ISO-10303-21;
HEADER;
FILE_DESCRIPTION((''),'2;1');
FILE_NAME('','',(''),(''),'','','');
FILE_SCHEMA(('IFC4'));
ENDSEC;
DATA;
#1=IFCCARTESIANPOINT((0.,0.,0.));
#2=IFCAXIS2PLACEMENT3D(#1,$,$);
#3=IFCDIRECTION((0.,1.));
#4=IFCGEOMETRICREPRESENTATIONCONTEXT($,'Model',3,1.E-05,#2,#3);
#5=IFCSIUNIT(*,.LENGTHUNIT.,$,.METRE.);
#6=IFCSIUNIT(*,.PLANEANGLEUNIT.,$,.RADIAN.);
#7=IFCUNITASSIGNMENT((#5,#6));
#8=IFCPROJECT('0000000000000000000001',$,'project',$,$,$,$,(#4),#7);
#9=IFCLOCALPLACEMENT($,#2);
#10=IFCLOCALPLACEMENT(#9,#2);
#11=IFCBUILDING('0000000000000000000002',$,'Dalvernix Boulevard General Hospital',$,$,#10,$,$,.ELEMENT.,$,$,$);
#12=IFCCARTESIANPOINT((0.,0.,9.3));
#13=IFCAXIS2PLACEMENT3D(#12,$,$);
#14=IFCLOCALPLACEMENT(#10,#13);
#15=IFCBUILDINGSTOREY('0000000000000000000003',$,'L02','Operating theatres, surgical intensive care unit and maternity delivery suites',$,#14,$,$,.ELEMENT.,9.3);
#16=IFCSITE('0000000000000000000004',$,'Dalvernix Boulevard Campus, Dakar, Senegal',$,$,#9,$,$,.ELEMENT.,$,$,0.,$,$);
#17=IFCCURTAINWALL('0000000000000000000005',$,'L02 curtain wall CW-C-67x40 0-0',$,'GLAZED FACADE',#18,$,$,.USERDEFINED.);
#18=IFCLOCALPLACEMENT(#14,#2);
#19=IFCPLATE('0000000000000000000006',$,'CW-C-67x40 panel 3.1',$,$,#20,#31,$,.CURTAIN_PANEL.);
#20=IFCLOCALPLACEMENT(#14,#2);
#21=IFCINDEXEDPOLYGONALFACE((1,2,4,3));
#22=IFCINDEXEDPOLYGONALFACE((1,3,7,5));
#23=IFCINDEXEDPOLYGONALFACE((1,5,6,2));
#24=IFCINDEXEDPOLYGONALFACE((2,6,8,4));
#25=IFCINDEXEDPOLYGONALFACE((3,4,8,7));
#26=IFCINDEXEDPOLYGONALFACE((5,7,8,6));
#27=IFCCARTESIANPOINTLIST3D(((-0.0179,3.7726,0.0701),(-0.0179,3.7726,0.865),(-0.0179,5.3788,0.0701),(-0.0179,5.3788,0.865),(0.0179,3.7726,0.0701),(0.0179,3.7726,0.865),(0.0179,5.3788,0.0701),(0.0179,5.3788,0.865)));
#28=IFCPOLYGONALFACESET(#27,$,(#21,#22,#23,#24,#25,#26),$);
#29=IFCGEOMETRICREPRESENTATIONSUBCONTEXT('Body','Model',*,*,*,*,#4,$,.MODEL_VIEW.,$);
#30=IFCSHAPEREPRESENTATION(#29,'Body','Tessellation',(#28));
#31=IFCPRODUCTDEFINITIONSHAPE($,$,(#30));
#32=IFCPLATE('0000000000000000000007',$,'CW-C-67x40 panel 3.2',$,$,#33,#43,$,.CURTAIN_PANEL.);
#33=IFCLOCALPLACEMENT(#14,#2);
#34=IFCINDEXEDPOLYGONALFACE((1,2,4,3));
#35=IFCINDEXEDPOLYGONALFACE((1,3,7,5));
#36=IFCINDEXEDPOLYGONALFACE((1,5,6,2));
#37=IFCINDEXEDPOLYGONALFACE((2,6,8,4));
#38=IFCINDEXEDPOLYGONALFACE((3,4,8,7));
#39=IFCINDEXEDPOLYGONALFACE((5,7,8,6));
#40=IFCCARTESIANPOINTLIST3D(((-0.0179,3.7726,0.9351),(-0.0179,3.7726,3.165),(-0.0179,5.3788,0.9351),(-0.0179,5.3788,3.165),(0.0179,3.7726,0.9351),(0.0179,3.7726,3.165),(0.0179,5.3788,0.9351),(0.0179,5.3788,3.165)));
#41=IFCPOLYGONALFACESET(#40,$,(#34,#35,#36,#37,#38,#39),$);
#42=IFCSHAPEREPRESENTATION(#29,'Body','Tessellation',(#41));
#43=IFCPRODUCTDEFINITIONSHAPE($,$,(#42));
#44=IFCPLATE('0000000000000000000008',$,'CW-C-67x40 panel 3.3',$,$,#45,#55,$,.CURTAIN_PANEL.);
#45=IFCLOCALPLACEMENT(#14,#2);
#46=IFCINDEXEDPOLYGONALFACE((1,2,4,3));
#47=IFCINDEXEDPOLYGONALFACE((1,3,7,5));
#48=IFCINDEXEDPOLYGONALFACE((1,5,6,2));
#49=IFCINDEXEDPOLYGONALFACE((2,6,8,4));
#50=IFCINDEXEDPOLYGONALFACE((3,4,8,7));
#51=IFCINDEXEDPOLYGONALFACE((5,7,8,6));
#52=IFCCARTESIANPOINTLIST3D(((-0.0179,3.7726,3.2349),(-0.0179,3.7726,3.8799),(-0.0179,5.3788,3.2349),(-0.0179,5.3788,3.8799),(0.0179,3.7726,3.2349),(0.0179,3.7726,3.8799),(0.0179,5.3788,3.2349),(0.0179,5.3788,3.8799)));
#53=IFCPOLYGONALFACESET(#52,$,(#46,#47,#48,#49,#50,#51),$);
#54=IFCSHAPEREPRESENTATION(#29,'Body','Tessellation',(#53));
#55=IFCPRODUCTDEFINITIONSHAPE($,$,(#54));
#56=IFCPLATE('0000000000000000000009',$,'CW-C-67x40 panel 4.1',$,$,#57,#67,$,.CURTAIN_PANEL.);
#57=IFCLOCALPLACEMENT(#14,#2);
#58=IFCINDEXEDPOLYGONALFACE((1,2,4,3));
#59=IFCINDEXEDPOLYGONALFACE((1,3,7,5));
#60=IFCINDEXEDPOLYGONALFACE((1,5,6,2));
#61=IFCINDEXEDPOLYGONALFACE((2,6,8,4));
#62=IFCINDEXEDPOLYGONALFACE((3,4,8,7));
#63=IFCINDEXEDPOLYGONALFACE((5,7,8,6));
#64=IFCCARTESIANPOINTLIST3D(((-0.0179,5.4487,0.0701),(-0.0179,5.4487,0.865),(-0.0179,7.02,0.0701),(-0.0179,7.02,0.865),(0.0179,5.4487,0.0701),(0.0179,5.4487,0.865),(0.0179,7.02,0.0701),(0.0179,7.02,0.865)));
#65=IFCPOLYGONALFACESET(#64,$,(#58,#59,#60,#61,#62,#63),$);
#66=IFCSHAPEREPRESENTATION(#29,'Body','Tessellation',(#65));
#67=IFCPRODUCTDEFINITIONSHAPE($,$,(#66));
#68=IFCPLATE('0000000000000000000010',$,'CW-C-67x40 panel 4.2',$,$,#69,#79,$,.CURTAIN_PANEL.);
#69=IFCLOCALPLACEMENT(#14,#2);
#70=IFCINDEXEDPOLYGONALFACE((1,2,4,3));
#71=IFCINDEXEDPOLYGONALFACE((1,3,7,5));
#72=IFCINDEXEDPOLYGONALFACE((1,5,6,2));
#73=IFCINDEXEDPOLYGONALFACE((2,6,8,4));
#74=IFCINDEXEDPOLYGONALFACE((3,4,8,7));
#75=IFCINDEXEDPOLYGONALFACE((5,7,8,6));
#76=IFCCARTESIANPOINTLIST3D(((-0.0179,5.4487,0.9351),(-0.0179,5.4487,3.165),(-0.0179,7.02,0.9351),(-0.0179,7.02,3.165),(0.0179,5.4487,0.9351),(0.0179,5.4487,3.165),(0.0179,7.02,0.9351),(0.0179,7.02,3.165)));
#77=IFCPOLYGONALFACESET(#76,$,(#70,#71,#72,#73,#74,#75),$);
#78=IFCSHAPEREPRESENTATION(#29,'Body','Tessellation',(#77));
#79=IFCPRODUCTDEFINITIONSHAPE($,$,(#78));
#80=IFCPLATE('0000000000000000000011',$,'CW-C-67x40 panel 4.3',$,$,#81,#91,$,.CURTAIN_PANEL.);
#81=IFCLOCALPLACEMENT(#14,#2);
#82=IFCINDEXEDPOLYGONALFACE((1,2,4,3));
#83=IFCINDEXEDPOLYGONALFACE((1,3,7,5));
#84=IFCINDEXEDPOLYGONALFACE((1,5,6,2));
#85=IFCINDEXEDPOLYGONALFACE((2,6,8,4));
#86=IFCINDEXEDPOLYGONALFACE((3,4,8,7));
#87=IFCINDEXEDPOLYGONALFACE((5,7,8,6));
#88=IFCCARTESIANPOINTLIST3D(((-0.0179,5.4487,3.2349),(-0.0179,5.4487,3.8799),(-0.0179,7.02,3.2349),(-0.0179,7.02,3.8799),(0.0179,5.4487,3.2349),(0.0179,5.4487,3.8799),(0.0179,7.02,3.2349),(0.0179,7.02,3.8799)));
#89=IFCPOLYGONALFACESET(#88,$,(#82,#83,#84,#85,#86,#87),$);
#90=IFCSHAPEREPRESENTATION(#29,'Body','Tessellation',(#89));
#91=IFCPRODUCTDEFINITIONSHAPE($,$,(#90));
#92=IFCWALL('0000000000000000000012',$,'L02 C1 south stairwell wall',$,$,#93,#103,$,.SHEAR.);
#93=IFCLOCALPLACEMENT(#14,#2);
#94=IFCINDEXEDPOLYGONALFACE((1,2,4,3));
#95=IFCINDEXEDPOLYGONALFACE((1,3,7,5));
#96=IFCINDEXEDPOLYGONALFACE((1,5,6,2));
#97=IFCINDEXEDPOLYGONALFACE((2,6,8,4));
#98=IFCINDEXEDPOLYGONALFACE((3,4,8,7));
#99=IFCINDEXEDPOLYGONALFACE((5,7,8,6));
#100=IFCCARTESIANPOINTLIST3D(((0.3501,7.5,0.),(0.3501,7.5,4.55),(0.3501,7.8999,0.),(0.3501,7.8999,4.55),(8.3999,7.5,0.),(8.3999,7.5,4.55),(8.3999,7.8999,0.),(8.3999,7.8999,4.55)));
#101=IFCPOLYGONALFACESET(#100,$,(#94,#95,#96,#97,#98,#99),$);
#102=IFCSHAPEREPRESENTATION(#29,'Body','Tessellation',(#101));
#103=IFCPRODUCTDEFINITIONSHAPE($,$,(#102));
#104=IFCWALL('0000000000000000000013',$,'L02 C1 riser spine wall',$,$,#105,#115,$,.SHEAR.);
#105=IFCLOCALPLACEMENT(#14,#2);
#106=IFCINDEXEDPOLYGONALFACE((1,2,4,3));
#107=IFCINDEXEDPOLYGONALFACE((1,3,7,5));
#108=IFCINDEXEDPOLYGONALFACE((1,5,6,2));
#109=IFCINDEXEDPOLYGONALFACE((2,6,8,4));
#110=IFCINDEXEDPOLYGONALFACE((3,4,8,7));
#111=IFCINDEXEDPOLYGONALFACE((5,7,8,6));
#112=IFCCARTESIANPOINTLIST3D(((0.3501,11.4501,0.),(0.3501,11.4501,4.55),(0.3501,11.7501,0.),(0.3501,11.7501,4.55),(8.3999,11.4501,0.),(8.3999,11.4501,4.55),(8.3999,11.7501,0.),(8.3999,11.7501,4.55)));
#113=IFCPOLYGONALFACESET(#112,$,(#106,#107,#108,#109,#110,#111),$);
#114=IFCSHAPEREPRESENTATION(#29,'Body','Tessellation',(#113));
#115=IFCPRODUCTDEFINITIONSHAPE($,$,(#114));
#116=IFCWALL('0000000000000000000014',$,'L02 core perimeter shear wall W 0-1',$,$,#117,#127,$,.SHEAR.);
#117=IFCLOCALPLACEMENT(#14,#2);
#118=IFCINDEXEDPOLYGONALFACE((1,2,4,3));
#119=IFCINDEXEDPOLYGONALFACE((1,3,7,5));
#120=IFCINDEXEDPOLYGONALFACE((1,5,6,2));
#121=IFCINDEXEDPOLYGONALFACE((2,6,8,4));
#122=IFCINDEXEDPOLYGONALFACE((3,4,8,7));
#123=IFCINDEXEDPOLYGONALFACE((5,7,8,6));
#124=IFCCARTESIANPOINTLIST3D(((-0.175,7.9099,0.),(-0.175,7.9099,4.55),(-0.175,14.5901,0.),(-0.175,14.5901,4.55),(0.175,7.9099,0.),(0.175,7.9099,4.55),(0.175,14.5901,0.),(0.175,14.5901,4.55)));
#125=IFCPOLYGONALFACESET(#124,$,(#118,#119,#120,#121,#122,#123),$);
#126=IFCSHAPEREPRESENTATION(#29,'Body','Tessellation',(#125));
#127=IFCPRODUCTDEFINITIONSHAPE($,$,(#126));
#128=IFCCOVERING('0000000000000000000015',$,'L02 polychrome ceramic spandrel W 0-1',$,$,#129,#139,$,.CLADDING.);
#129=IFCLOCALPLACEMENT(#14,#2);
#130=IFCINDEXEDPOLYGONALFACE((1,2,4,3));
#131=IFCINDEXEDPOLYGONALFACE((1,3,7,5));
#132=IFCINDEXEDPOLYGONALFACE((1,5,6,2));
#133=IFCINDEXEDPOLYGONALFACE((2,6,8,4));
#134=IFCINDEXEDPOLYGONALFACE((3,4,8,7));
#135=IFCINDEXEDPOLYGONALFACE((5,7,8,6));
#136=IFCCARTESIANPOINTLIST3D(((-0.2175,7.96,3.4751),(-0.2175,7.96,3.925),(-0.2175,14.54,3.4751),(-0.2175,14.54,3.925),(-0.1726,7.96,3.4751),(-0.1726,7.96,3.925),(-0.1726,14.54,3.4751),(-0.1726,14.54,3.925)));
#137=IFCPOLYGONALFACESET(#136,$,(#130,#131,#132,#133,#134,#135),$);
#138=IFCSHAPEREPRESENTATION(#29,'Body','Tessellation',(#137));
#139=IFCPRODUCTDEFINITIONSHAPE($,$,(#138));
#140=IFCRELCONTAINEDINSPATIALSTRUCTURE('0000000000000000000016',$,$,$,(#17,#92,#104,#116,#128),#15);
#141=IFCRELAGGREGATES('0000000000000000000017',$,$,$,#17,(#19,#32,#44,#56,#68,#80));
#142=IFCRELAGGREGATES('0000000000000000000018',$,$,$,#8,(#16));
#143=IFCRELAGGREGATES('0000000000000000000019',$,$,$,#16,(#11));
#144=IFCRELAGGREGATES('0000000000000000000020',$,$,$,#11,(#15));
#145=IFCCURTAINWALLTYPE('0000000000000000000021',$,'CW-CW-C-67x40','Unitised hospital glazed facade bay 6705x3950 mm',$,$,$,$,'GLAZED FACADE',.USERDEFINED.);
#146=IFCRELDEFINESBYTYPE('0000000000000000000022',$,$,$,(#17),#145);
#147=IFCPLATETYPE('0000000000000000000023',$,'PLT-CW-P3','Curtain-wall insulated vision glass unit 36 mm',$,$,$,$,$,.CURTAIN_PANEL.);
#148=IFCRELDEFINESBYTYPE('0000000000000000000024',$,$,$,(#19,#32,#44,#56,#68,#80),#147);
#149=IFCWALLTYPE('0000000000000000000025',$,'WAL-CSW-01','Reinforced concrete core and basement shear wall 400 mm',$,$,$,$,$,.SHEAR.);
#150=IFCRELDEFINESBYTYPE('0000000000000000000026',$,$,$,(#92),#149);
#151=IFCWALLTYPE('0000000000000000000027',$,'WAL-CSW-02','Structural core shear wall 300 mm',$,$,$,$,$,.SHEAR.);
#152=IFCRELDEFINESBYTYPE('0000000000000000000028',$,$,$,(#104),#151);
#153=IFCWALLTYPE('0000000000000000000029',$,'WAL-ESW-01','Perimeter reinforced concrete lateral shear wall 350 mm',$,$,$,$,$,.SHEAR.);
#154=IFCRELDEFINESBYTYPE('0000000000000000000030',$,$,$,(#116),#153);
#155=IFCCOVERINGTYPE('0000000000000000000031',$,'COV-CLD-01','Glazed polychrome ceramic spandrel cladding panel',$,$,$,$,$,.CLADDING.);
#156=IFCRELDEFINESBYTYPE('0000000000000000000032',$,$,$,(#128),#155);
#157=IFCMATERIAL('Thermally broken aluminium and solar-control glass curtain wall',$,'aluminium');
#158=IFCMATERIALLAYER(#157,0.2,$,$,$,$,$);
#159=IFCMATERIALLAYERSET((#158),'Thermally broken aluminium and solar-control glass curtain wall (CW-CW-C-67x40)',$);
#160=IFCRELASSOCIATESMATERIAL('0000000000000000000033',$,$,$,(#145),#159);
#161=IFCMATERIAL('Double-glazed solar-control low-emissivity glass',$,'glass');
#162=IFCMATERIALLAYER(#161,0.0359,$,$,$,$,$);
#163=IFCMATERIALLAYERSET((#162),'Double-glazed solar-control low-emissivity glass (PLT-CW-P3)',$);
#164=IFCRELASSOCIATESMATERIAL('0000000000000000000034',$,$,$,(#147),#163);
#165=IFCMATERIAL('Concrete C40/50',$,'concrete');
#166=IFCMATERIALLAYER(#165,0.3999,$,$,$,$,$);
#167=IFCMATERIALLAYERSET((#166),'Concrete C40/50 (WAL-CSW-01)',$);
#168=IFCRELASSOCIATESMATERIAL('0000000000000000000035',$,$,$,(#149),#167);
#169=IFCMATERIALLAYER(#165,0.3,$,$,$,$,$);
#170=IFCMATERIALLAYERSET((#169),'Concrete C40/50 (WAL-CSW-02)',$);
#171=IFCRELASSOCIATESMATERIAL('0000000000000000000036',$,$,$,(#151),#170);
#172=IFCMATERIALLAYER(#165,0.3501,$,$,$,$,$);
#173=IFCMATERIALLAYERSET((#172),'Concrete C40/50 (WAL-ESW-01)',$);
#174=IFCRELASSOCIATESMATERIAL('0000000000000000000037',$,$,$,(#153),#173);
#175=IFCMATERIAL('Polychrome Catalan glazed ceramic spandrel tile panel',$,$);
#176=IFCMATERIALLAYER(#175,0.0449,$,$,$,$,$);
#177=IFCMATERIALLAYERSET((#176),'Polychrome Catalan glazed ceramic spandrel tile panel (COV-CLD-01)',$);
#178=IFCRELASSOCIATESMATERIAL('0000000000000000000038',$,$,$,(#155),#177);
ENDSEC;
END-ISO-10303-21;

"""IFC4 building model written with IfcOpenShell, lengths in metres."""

from ifc_helpers import new_model, si_unit, direction, frame, frame_2d, origin, origin_2d, place, context, subcontext, project, spatial, rectangle, extrude, material, layer, layer_set, type_object, element, aggregate, save


model = new_model("IFC4")

# Units and contexts
model_context = context("Model", 3, precision=1e-05, world=origin(), true_north=direction((0.0, 1.0)))
body_context = subcontext(model_context, "Body", "Model", "MODEL_VIEW")
ifc_project = project(units=[si_unit("LENGTHUNIT", "METRE"), si_unit("PLANEANGLEUNIT", "RADIAN")], contexts=[model_context])

# Site, building, storey
site_placement = place(None, origin())
site = spatial("IfcSite", under=ifc_project, at=site_placement, Name="Dalvernix Boulevard Campus, Dakar, Senegal", CompositionType="ELEMENT", RefElevation=0.0)
building_placement = place(site_placement, origin())
building = spatial("IfcBuilding", under=site, at=building_placement, Name="Dalvernix Boulevard General Hospital", CompositionType="ELEMENT")
storey_placement = place(building_placement, frame((0.0, 0.0, 9.3)))
storey = spatial("IfcBuildingStorey", under=building, at=storey_placement, Name="L02", Description="Operating theatres, surgical intensive care unit and maternity delivery suites", CompositionType="ELEMENT", Elevation=9.3)

# Shared definitions
ifc_material_1 = material(Name="Concrete C40/50", Category="concrete")

# Curtain wall, plates
ifc_material_2 = material(Name="Thermally broken aluminium and solar-control glass curtain wall", Category="aluminium")
ifc_layer_1 = layer(ifc_material_2, 0.2)
ifc_layer_set_1 = layer_set([ifc_layer_1], Name="Thermally broken aluminium and solar-control glass curtain wall (CW-CW-C-67x40)")
curtain_wall_type = type_object("IfcCurtainWallType", Name="CW-CW-C-67x40", Description="Unitised hospital glazed facade bay 6705x3950 mm", ElementType="GLAZED FACADE", PredefinedType="USERDEFINED", material=ifc_layer_set_1)
curtain_wall_placement = place(storey_placement, origin())
curtain_wall = element("IfcCurtainWall", 1, at=curtain_wall_placement, inside=storey, type_object=curtain_wall_type, Name="L02 curtain wall CW-C-67x40 0-0", ObjectType="GLAZED FACADE", PredefinedType="USERDEFINED")
ifc_material_3 = material(Name="Double-glazed solar-control low-emissivity glass", Category="glass")
ifc_layer_2 = layer(ifc_material_3, 0.0359)
ifc_layer_set_2 = layer_set([ifc_layer_2], Name="Double-glazed solar-control low-emissivity glass (PLT-CW-P3)")
plate_type = type_object("IfcPlateType", Name="PLT-CW-P3", Description="Curtain-wall insulated vision glass unit 36 mm", PredefinedType="CURTAIN_PANEL", material=ifc_layer_set_2)
plate_1_placement = place(storey_placement, frame((0.0, 4.5757, 0.0701), z_axis=(0.0, 0.0, 1.0), x_axis=(0.0, 1.0, 0.0)))
plate_1 = element("IfcPlate", 2, at=plate_1_placement, type_object=plate_type, Name="CW-C-67x40 panel 3.1", PredefinedType="CURTAIN_PANEL", context=body_context, shape_type="SweptSolid", body=[
    extrude(rectangle(XDim=1.6062, YDim=0.0359, at=origin_2d()), origin(), (0.0, 0.0, 1.0), 0.7949),
])
plate_2_placement = place(storey_placement, frame((0.0, 4.5757, 0.9351), z_axis=(0.0, 0.0, 1.0), x_axis=(0.0, 1.0, 0.0)))
plate_2 = element("IfcPlate", 3, at=plate_2_placement, type_object=plate_type, Name="CW-C-67x40 panel 3.2", PredefinedType="CURTAIN_PANEL", context=body_context, shape_type="SweptSolid", body=[
    extrude(rectangle(XDim=1.6062, YDim=0.0359, at=origin_2d()), origin(), (0.0, 0.0, 1.0), 2.23),
])
plate_3_placement = place(storey_placement, frame((0.0, 4.5757, 3.2349), z_axis=(0.0, 0.0, 1.0), x_axis=(0.0, 1.0, 0.0)))
plate_3 = element("IfcPlate", 4, at=plate_3_placement, type_object=plate_type, Name="CW-C-67x40 panel 3.3", PredefinedType="CURTAIN_PANEL", context=body_context, shape_type="SweptSolid", body=[
    extrude(rectangle(XDim=1.6062, YDim=0.0359, at=origin_2d()), origin(), (0.0, 0.0, 1.0), 0.645),
])
plate_4_placement = place(storey_placement, frame((0.0, 6.2344, 0.0701), z_axis=(0.0, 0.0, 1.0), x_axis=(0.0, 1.0, 0.0)))
plate_4 = element("IfcPlate", 5, at=plate_4_placement, type_object=plate_type, Name="CW-C-67x40 panel 4.1", PredefinedType="CURTAIN_PANEL", context=body_context, shape_type="SweptSolid", body=[
    extrude(rectangle(XDim=1.5713, YDim=0.0359, at=origin_2d()), origin(), (0.0, 0.0, 1.0), 0.7949),
])
plate_5_placement = place(storey_placement, frame((0.0, 6.2344, 0.9351), z_axis=(0.0, 0.0, 1.0), x_axis=(0.0, 1.0, 0.0)))
plate_5 = element("IfcPlate", 6, at=plate_5_placement, type_object=plate_type, Name="CW-C-67x40 panel 4.2", PredefinedType="CURTAIN_PANEL", context=body_context, shape_type="SweptSolid", body=[
    extrude(rectangle(XDim=1.5713, YDim=0.0359, at=origin_2d()), origin(), (0.0, 0.0, 1.0), 2.23),
])
plate_6_placement = place(storey_placement, frame((0.0, 6.2344, 3.2349), z_axis=(0.0, 0.0, 1.0), x_axis=(0.0, 1.0, 0.0)))
plate_6 = element("IfcPlate", 7, at=plate_6_placement, type_object=plate_type, Name="CW-C-67x40 panel 4.3", PredefinedType="CURTAIN_PANEL", context=body_context, shape_type="SweptSolid", body=[
    extrude(rectangle(XDim=1.5713, YDim=0.0359, at=origin_2d()), origin(), (0.0, 0.0, 1.0), 0.645),
])
aggregate(curtain_wall, [plate_1, plate_2, plate_3, plate_4, plate_5, plate_6])

# Walls
ifc_layer_3 = layer(ifc_material_1, 0.3999)
ifc_layer_set_3 = layer_set([ifc_layer_3], Name="Concrete C40/50 (WAL-CSW-01)")
wall_type_1 = type_object("IfcWallType", Name="WAL-CSW-01", Description="Reinforced concrete core and basement shear wall 400 mm", PredefinedType="SHEAR", material=ifc_layer_set_3)
wall_1_placement = place(storey_placement, frame((0.3501, 7.7, 0.0), z_axis=(0.0, 0.0, 1.0), x_axis=(1.0, 0.0, 0.0)))
element("IfcWall", 8, at=wall_1_placement, inside=storey, type_object=wall_type_1, Name="L02 C1 south stairwell wall", PredefinedType="SHEAR", context=body_context, shape_type="SweptSolid", body=[
    extrude(rectangle(XDim=8.0498, YDim=0.3999, at=frame_2d((4.0249, 0.0))), origin(), (0.0, 0.0, 1.0), 4.55),
])
ifc_layer_4 = layer(ifc_material_1, 0.3)
ifc_layer_set_4 = layer_set([ifc_layer_4], Name="Concrete C40/50 (WAL-CSW-02)")
wall_type_2 = type_object("IfcWallType", Name="WAL-CSW-02", Description="Structural core shear wall 300 mm", PredefinedType="SHEAR", material=ifc_layer_set_4)
wall_2_placement = place(storey_placement, frame((0.3501, 11.6001, 0.0), z_axis=(0.0, 0.0, 1.0), x_axis=(1.0, 0.0, 0.0)))
element("IfcWall", 9, at=wall_2_placement, inside=storey, type_object=wall_type_2, Name="L02 C1 riser spine wall", PredefinedType="SHEAR", context=body_context, shape_type="SweptSolid", body=[
    extrude(rectangle(XDim=8.0498, YDim=0.3, at=frame_2d((4.0249, 0.0))), origin(), (0.0, 0.0, 1.0), 4.55),
])
ifc_layer_5 = layer(ifc_material_1, 0.3501)
ifc_layer_set_5 = layer_set([ifc_layer_5], Name="Concrete C40/50 (WAL-ESW-01)")
wall_type_3 = type_object("IfcWallType", Name="WAL-ESW-01", Description="Perimeter reinforced concrete lateral shear wall 350 mm", PredefinedType="SHEAR", material=ifc_layer_set_5)
wall_3_placement = place(storey_placement, frame((0.0, 7.9099, 0.0), z_axis=(0.0, 0.0, 1.0), x_axis=(0.0, 1.0, 0.0)))
element("IfcWall", 10, at=wall_3_placement, inside=storey, type_object=wall_type_3, Name="L02 core perimeter shear wall W 0-1", PredefinedType="SHEAR", context=body_context, shape_type="SweptSolid", body=[
    extrude(rectangle(XDim=6.6802, YDim=0.3501, at=frame_2d((3.3401, 0.0))), origin(), (0.0, 0.0, 1.0), 4.55),
])

# Covering
ifc_material_4 = material(Name="Polychrome Catalan glazed ceramic spandrel tile panel")
ifc_layer_6 = layer(ifc_material_4, 0.0449)
ifc_layer_set_6 = layer_set([ifc_layer_6], Name="Polychrome Catalan glazed ceramic spandrel tile panel (COV-CLD-01)")
covering_type = type_object("IfcCoveringType", Name="COV-CLD-01", Description="Glazed polychrome ceramic spandrel cladding panel", PredefinedType="CLADDING", material=ifc_layer_set_6)
covering_placement = place(storey_placement, frame((-0.1951, 11.25, 3.4751), z_axis=(0.0, 0.0, 1.0), x_axis=(0.0, 1.0, 0.0)))
element("IfcCovering", 11, at=covering_placement, inside=storey, type_object=covering_type, Name="L02 polychrome ceramic spandrel W 0-1", PredefinedType="CLADDING", context=body_context, shape_type="SweptSolid", body=[
    extrude(rectangle(XDim=6.5801, YDim=0.0449, at=origin_2d()), origin(), (0.0, 0.0, 1.0), 0.45),
])

save(model, "model.ifc")
